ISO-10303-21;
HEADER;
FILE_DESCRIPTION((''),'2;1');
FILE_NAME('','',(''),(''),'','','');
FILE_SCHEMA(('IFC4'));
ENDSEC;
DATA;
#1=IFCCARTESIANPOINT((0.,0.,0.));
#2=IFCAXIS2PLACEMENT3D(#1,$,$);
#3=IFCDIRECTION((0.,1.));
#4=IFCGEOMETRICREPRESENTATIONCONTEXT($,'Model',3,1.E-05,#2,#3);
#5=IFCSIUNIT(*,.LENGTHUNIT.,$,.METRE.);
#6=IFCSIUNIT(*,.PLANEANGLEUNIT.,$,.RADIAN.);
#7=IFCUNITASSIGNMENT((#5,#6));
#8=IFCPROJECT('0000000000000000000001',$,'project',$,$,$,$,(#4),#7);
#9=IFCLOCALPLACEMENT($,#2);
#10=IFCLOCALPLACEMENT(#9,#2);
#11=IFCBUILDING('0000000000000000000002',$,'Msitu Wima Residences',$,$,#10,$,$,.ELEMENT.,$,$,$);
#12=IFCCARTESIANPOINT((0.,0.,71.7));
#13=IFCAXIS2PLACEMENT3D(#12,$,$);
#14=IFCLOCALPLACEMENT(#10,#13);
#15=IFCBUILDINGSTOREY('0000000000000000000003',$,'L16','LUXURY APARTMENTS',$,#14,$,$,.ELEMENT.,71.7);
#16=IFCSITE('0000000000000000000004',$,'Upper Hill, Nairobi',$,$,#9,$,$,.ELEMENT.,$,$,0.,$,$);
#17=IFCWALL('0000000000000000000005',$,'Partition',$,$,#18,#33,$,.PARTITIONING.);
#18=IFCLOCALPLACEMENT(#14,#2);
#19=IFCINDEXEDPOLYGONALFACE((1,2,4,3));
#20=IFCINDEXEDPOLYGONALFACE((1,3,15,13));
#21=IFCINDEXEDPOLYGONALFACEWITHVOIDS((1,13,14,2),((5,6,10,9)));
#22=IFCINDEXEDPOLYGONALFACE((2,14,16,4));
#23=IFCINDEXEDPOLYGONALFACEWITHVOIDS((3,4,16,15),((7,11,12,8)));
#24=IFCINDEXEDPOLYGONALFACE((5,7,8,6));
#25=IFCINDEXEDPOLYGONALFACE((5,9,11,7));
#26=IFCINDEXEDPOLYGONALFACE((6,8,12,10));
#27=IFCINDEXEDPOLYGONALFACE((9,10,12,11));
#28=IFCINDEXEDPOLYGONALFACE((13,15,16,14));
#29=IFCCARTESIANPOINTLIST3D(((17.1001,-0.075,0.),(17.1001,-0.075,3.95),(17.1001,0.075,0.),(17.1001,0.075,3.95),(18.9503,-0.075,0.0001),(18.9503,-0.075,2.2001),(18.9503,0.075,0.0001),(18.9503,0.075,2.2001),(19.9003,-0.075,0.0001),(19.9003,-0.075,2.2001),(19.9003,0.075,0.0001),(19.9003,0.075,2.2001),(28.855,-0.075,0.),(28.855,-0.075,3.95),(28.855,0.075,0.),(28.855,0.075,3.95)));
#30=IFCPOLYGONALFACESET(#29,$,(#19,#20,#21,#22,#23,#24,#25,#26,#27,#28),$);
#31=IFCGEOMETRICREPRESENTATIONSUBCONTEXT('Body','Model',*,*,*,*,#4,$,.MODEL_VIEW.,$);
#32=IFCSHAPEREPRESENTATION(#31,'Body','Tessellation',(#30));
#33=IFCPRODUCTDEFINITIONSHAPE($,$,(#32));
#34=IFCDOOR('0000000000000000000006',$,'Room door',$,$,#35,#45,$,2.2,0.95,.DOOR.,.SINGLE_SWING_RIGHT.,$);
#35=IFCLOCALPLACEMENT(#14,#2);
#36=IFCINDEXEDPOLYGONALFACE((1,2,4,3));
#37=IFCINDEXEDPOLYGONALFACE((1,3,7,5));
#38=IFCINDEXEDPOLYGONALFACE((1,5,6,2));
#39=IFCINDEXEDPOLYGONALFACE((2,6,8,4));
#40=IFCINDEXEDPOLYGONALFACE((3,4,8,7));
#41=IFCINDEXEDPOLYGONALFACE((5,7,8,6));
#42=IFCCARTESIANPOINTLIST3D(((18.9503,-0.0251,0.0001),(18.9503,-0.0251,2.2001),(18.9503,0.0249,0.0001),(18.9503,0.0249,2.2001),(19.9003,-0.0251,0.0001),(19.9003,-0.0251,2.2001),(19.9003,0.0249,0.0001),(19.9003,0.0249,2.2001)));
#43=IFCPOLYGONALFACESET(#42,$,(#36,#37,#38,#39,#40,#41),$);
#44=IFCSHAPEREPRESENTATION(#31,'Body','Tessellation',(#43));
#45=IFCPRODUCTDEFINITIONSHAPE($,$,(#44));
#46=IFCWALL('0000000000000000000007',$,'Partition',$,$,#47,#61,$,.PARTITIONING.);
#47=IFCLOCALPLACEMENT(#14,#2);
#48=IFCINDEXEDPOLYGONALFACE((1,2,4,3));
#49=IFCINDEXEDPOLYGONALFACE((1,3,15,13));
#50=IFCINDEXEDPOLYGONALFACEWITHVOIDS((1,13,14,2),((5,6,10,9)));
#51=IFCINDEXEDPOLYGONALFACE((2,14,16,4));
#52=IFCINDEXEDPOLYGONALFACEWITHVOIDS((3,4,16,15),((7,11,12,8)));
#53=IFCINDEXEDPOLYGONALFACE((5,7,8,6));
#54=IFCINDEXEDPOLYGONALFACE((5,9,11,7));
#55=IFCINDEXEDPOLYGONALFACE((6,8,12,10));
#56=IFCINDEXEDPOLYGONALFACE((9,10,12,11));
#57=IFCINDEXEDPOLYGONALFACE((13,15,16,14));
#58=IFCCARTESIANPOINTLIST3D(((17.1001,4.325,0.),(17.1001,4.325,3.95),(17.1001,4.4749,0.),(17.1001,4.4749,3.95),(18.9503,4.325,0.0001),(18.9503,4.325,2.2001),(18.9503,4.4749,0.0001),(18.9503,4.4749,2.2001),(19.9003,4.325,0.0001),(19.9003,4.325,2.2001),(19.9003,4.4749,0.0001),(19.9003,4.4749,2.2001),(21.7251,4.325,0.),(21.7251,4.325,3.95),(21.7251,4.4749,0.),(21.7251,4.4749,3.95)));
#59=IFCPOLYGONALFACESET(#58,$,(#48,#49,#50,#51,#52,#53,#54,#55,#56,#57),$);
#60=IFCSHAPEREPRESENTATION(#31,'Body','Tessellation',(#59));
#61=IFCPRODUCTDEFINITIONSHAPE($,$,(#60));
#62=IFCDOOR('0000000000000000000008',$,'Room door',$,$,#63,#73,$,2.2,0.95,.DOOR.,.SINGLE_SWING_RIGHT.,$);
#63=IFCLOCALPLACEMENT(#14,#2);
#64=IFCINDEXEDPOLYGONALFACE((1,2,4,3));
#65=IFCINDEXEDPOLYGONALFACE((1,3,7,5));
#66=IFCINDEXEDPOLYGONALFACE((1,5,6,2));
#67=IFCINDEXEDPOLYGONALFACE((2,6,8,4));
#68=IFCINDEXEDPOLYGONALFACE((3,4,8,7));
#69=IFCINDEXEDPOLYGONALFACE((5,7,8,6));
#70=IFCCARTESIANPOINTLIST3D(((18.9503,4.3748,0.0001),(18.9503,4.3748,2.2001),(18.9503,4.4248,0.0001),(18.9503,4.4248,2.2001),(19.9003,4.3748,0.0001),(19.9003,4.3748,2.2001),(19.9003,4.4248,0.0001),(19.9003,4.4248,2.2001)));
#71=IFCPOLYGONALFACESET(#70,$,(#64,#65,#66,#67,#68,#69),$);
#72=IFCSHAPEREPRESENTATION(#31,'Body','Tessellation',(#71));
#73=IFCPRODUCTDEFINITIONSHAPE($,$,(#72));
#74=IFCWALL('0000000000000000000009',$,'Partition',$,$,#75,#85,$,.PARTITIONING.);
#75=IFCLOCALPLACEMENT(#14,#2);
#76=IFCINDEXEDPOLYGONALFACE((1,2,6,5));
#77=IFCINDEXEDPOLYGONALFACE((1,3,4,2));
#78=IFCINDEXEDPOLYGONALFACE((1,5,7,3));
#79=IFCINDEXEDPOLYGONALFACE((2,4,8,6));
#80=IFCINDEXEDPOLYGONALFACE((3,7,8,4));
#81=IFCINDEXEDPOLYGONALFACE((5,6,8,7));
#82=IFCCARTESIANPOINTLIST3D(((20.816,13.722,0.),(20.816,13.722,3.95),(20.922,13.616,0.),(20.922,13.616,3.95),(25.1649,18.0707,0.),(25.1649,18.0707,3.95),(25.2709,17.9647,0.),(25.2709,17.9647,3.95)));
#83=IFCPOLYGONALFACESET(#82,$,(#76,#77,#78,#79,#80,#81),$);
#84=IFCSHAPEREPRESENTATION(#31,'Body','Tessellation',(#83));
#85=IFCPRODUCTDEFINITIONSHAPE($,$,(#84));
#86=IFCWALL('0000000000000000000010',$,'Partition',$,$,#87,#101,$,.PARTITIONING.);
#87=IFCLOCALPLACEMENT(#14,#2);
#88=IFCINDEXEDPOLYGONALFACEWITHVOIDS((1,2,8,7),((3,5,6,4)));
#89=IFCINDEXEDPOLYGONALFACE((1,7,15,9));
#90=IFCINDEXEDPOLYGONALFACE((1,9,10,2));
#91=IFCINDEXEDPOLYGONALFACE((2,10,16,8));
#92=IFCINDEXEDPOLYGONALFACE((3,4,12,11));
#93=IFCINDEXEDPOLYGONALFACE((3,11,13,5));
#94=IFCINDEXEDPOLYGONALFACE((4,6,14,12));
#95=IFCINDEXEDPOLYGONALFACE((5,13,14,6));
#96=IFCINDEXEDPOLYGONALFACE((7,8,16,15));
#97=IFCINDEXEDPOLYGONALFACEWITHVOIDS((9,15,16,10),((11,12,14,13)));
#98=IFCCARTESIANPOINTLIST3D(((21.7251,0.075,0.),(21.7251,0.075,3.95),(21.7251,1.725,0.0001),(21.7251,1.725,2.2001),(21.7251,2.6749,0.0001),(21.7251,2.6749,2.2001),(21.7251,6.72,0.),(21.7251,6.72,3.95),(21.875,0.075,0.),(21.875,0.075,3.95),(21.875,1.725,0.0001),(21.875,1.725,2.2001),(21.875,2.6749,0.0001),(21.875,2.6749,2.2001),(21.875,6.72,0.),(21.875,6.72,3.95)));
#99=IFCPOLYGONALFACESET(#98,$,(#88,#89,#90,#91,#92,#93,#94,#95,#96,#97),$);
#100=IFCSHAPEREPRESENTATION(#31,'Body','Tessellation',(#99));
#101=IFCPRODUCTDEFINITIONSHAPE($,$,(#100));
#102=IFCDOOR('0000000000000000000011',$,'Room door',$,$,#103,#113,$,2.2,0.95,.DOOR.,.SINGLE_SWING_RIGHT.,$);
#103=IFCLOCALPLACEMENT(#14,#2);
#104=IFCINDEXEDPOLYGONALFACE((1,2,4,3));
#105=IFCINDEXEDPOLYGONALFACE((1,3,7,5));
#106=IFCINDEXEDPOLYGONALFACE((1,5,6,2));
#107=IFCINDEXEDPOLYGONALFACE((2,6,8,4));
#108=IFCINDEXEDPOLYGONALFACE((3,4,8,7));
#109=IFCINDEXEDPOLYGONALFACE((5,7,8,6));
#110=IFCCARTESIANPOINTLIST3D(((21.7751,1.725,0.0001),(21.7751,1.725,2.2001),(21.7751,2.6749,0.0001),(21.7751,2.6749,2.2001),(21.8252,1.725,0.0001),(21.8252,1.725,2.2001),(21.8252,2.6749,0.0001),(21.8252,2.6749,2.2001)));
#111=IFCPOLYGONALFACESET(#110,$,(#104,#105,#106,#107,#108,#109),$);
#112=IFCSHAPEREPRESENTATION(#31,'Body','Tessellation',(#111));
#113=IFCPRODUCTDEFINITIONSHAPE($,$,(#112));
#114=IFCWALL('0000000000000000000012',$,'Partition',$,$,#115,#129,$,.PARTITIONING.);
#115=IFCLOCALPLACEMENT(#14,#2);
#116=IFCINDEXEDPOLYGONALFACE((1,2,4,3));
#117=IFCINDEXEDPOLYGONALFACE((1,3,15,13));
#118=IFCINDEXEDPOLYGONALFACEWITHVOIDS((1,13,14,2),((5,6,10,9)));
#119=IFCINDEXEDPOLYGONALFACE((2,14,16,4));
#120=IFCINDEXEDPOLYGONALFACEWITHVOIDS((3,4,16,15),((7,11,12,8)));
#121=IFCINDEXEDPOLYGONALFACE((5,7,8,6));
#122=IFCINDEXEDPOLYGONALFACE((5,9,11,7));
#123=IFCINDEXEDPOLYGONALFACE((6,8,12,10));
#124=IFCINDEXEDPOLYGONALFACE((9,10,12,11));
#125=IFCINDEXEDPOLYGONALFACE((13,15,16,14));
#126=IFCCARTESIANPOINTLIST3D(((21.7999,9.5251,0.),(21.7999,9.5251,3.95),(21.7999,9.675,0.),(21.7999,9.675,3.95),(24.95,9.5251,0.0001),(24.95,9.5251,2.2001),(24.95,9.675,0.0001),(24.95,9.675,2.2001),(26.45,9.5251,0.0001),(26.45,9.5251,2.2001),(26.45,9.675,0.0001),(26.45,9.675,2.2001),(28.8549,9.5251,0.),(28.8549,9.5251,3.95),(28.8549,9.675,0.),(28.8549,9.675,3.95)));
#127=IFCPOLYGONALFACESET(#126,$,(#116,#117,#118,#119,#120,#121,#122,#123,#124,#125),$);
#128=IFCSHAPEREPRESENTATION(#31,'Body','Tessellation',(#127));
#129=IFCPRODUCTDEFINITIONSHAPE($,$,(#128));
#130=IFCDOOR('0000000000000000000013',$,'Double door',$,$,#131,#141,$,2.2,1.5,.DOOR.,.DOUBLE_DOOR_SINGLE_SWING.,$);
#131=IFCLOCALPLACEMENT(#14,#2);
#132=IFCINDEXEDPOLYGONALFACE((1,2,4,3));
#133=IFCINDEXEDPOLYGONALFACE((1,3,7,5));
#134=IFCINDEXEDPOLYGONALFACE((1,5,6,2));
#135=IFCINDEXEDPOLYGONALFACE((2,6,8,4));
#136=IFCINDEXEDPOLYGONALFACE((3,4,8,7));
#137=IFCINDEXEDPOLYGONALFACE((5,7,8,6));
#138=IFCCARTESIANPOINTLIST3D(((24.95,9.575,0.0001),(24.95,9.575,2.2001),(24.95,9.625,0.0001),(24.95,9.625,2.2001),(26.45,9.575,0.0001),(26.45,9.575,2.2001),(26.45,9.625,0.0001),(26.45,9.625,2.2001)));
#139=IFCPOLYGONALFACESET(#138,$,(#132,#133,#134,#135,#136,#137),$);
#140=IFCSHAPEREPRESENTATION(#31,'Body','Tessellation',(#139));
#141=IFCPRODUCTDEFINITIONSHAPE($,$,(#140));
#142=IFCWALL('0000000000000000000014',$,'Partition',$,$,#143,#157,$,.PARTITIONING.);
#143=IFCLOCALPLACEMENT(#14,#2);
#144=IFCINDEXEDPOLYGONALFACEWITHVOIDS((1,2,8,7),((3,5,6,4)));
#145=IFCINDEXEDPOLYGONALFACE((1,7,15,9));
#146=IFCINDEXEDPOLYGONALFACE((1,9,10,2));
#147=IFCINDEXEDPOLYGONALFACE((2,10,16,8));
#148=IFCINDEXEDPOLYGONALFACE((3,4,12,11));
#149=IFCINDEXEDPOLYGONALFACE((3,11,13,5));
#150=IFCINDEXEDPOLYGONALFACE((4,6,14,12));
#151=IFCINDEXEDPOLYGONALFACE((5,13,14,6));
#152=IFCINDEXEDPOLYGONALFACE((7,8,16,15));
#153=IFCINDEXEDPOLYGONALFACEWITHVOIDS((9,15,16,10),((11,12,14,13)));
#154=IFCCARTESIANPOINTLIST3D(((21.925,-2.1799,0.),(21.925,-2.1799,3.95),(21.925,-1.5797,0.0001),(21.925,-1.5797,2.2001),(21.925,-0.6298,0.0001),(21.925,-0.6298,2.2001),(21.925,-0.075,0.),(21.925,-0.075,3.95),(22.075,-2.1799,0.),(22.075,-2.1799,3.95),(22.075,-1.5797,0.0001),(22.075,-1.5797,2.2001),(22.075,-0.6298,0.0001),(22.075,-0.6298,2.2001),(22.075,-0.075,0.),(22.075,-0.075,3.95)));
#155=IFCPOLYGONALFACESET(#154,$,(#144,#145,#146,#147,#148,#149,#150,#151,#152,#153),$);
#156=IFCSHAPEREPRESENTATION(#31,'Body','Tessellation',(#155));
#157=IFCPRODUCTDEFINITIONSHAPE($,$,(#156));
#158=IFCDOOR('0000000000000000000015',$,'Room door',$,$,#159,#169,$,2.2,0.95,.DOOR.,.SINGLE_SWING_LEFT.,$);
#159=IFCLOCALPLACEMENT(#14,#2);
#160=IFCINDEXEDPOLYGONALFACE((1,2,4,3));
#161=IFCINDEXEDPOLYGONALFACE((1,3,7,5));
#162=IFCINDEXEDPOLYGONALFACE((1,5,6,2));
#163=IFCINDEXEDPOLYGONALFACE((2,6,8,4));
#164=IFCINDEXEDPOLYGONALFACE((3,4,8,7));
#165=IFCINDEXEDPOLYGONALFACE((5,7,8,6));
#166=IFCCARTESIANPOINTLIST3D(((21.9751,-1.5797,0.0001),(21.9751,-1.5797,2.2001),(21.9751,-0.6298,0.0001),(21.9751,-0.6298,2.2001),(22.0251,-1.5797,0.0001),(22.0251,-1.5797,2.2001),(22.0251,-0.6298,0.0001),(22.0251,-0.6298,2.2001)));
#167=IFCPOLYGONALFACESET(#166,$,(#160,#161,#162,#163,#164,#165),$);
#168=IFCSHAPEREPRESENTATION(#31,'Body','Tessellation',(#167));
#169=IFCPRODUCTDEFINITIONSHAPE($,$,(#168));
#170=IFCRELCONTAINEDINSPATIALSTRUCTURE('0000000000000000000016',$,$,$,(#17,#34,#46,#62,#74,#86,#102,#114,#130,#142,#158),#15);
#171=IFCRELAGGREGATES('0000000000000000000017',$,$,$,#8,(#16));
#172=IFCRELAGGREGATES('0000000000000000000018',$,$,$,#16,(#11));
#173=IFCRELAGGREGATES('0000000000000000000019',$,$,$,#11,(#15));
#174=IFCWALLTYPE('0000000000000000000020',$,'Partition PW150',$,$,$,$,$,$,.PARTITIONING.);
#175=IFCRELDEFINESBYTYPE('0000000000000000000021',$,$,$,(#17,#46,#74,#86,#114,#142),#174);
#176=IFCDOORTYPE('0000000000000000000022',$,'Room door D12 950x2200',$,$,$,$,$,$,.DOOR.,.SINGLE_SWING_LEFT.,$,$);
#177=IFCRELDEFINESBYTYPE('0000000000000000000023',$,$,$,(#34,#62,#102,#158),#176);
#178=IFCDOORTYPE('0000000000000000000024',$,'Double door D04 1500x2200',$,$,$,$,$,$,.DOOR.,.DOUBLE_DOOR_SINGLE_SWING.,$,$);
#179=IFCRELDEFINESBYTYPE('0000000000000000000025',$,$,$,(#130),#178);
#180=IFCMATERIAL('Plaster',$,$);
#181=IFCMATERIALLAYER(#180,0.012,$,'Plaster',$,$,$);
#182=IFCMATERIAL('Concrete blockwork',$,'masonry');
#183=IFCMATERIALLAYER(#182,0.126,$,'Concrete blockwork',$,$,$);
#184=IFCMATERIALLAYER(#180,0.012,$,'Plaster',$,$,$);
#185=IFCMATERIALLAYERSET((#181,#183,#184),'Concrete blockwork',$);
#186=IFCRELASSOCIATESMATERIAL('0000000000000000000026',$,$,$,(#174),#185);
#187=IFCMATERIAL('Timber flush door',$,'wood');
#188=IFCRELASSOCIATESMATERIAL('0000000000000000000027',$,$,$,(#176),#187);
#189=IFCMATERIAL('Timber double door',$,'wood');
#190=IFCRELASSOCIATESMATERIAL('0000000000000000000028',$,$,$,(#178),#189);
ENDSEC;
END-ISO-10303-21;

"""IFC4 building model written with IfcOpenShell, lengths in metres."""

from ifc_helpers import new_model, si_unit, direction, frame, frame_2d, origin, place, context, subcontext, project, spatial, rectangle, extrude, material, layer, layer_set, type_object, element, fill, save


model = new_model("IFC4")

# Units and contexts
model_context = context("Model", 3, precision=1e-05, world=origin(), true_north=direction((0.0, 1.0)))
body_context = subcontext(model_context, "Body", "Model", "MODEL_VIEW")
ifc_project = project(units=[si_unit("LENGTHUNIT", "METRE"), si_unit("PLANEANGLEUNIT", "RADIAN")], contexts=[model_context])

# Site, building, storey
site_placement = place(None, origin())
site = spatial("IfcSite", under=ifc_project, at=site_placement, Name="Upper Hill, Nairobi", CompositionType="ELEMENT", RefElevation=0.0)
building_placement = place(site_placement, origin())
building = spatial("IfcBuilding", under=site, at=building_placement, Name="Msitu Wima Residences", CompositionType="ELEMENT")
storey_placement = place(building_placement, frame((0.0, 0.0, 71.7)))
storey = spatial("IfcBuildingStorey", under=building, at=storey_placement, Name="L16", Description="LUXURY APARTMENTS", CompositionType="ELEMENT", Elevation=71.7)

# Walls, openings, doors
ifc_material_1 = material(Name="Plaster")
ifc_layer_1 = layer(ifc_material_1, 0.012, Name="Plaster")
ifc_material_2 = material(Name="Concrete blockwork", Category="masonry")
ifc_layer_2 = layer(ifc_material_2, 0.126, Name="Concrete blockwork")
ifc_layer_3 = layer(ifc_material_1, 0.012, Name="Plaster")
ifc_layer_set_1 = layer_set([ifc_layer_1, ifc_layer_2, ifc_layer_3], Name="Concrete blockwork")
wall_type_1 = type_object("IfcWallType", Name="Partition PW150", PredefinedType="PARTITIONING", material=ifc_layer_set_1)
wall_1_placement = place(storey_placement, frame((17.1001, 0.0, 0.0), z_axis=(0.0, 0.0, 1.0), x_axis=(1.0, 0.0, 0.0)))
wall_1 = element("IfcWall", 1, at=wall_1_placement, inside=storey, type_object=wall_type_1, Name="Partition", PredefinedType="PARTITIONING", context=body_context, shape_type="SweptSolid", body=[
    extrude(rectangle(XDim=11.7549, YDim=0.1499, at=frame_2d((5.8774, 0.0))), origin(), (0.0, 0.0, 1.0), 3.95),
])
opening_1_placement = place(wall_1_placement, frame((1.8501, 0.0, 0.0)))
opening_1 = element("IfcOpeningElement", 2, at=opening_1_placement, cuts=wall_1, PredefinedType="OPENING", context=body_context, shape_type="SweptSolid", body=[
    extrude(rectangle(XDim=0.95, YDim=2.2, at=frame_2d((0.4751, 1.1001))), frame((0.0, 0.085, 0.0), z_axis=(0.0, -1.0, 0.0), x_axis=(1.0, 0.0, 0.0)), (0.0, 0.0, 1.0), 0.1699),
])
ifc_material_3 = material(Name="Timber flush door", Category="wood")
door_type_1 = type_object("IfcDoorType", Name="Room door D12 950x2200", OperationType="SINGLE_SWING_LEFT", PredefinedType="DOOR", material=ifc_material_3)
door_1_placement = place(opening_1_placement, origin())
door_1 = element("IfcDoor", 3, at=door_1_placement, inside=storey, type_object=door_type_1, Name="Room door", OperationType="SINGLE_SWING_RIGHT", OverallHeight=2.2, OverallWidth=0.95, PredefinedType="DOOR", context=body_context, shape_type="SweptSolid", body=[
    extrude(rectangle(XDim=0.95, YDim=2.2, at=frame_2d((0.4751, 1.1001))), frame((0.0, 0.0249, 0.0), z_axis=(0.0, -1.0, 0.0), x_axis=(1.0, 0.0, 0.0)), (0.0, 0.0, 1.0), 0.05),
])
fill(opening_1, door_1)
wall_2_placement = place(storey_placement, frame((17.1001, 4.3999, 0.0), z_axis=(0.0, 0.0, 1.0), x_axis=(1.0, 0.0, 0.0)))
wall_2 = element("IfcWall", 4, at=wall_2_placement, inside=storey, type_object=wall_type_1, Name="Partition", PredefinedType="PARTITIONING", context=body_context, shape_type="SweptSolid", body=[
    extrude(rectangle(XDim=4.625, YDim=0.1499, at=frame_2d((2.3125, 0.0))), origin(), (0.0, 0.0, 1.0), 3.95),
])
opening_2_placement = place(wall_2_placement, frame((1.8501, 0.0, 0.0)))
opening_2 = element("IfcOpeningElement", 5, at=opening_2_placement, cuts=wall_2, PredefinedType="OPENING", context=body_context, shape_type="SweptSolid", body=[
    extrude(rectangle(XDim=0.95, YDim=2.2, at=frame_2d((0.4751, 1.1001))), frame((0.0, 0.085, 0.0), z_axis=(0.0, -1.0, 0.0), x_axis=(1.0, 0.0, 0.0)), (0.0, 0.0, 1.0), 0.1699),
])
door_2_placement = place(opening_2_placement, origin())
door_2 = element("IfcDoor", 6, at=door_2_placement, inside=storey, type_object=door_type_1, Name="Room door", OperationType="SINGLE_SWING_RIGHT", OverallHeight=2.2, OverallWidth=0.95, PredefinedType="DOOR", context=body_context, shape_type="SweptSolid", body=[
    extrude(rectangle(XDim=0.95, YDim=2.2, at=frame_2d((0.4751, 1.1001))), frame((0.0, 0.0249, 0.0), z_axis=(0.0, -1.0, 0.0), x_axis=(1.0, 0.0, 0.0)), (0.0, 0.0, 1.0), 0.05),
])
fill(opening_2, door_2)

# Wall
wall_3_placement = place(storey_placement, frame((20.8689, 13.6689, 0.0), z_axis=(0.0, 0.0, 1.0), x_axis=(0.707127, 0.707087, 0.0)))
element("IfcWall", 7, at=wall_3_placement, inside=storey, type_object=wall_type_1, Name="Partition", PredefinedType="PARTITIONING", context=body_context, shape_type="SweptSolid", body=[
    extrude(rectangle(XDim=6.1501, YDim=0.1499, at=frame_2d((3.0752, 0.0))), origin(), (0.0, 0.0, 1.0), 3.95),
])

# Walls, openings, doors
wall_4_placement = place(storey_placement, frame((21.8, 0.075, 0.0), z_axis=(0.0, 0.0, 1.0), x_axis=(0.0, 1.0, 0.0)))
wall_4 = element("IfcWall", 8, at=wall_4_placement, inside=storey, type_object=wall_type_1, Name="Partition", PredefinedType="PARTITIONING", context=body_context, shape_type="SweptSolid", body=[
    extrude(rectangle(XDim=6.645, YDim=0.1499, at=frame_2d((3.3225, 0.0))), origin(), (0.0, 0.0, 1.0), 3.95),
])
opening_3_placement = place(wall_4_placement, frame((1.6499, 0.0, 0.0)))
opening_3 = element("IfcOpeningElement", 9, at=opening_3_placement, cuts=wall_4, PredefinedType="OPENING", context=body_context, shape_type="SweptSolid", body=[
    extrude(rectangle(XDim=0.95, YDim=2.2, at=frame_2d((0.4751, 1.1001))), frame((0.0, 0.085, 0.0), z_axis=(0.0, -1.0, 0.0), x_axis=(1.0, 0.0, 0.0)), (0.0, 0.0, 1.0), 0.1699),
])
door_3_placement = place(opening_3_placement, origin())
door_3 = element("IfcDoor", 10, at=door_3_placement, inside=storey, type_object=door_type_1, Name="Room door", OperationType="SINGLE_SWING_RIGHT", OverallHeight=2.2, OverallWidth=0.95, PredefinedType="DOOR", context=body_context, shape_type="SweptSolid", body=[
    extrude(rectangle(XDim=0.95, YDim=2.2, at=frame_2d((0.4751, 1.1001))), frame((0.0, 0.0249, 0.0), z_axis=(0.0, -1.0, 0.0), x_axis=(1.0, 0.0, 0.0)), (0.0, 0.0, 1.0), 0.05),
])
fill(opening_3, door_3)
wall_5_placement = place(storey_placement, frame((21.8, 9.6001, 0.0), z_axis=(0.0, 0.0, 1.0), x_axis=(1.0, 0.0, 0.0)))
wall_5 = element("IfcWall", 11, at=wall_5_placement, inside=storey, type_object=wall_type_1, Name="Partition", PredefinedType="PARTITIONING", context=body_context, shape_type="SweptSolid", body=[
    extrude(rectangle(XDim=7.0549, YDim=0.1499, at=frame_2d((3.5273, 0.0))), origin(), (0.0, 0.0, 1.0), 3.95),
])
opening_4_placement = place(wall_5_placement, frame((3.1499, 0.0, 0.0)))
opening_4 = element("IfcOpeningElement", 12, at=opening_4_placement, cuts=wall_5, PredefinedType="OPENING", context=body_context, shape_type="SweptSolid", body=[
    extrude(rectangle(XDim=1.5, YDim=2.2, at=frame_2d((0.75, 1.1001))), frame((0.0, 0.085, 0.0), z_axis=(0.0, -1.0, 0.0), x_axis=(1.0, 0.0, 0.0)), (0.0, 0.0, 1.0), 0.1699),
])
ifc_material_4 = material(Name="Timber double door", Category="wood")
door_type_2 = type_object("IfcDoorType", Name="Double door D04 1500x2200", OperationType="DOUBLE_DOOR_SINGLE_SWING", PredefinedType="DOOR", material=ifc_material_4)
door_4_placement = place(opening_4_placement, origin())
door_4 = element("IfcDoor", 13, at=door_4_placement, inside=storey, type_object=door_type_2, Name="Double door", OperationType="DOUBLE_DOOR_SINGLE_SWING", OverallHeight=2.2, OverallWidth=1.5, PredefinedType="DOOR", context=body_context, shape_type="SweptSolid", body=[
    extrude(rectangle(XDim=1.5, YDim=2.2, at=frame_2d((0.75, 1.1001))), frame((0.0, 0.0249, 0.0), z_axis=(0.0, -1.0, 0.0), x_axis=(1.0, 0.0, 0.0)), (0.0, 0.0, 1.0), 0.05),
])
fill(opening_4, door_4)
wall_6_placement = place(storey_placement, frame((22.0, -2.1799, 0.0), z_axis=(0.0, 0.0, 1.0), x_axis=(0.0, 1.0, 0.0)))
wall_6 = element("IfcWall", 14, at=wall_6_placement, inside=storey, type_object=wall_type_1, Name="Partition", PredefinedType="PARTITIONING", context=body_context, shape_type="SweptSolid", body=[
    extrude(rectangle(XDim=2.105, YDim=0.1499, at=frame_2d((1.0525, 0.0))), origin(), (0.0, 0.0, 1.0), 3.95),
])
opening_5_placement = place(wall_6_placement, frame((0.6001, 0.0, 0.0)))
opening_5 = element("IfcOpeningElement", 15, at=opening_5_placement, cuts=wall_6, PredefinedType="OPENING", context=body_context, shape_type="SweptSolid", body=[
    extrude(rectangle(XDim=0.95, YDim=2.2, at=frame_2d((0.4751, 1.1001))), frame((0.0, 0.085, 0.0), z_axis=(0.0, -1.0, 0.0), x_axis=(1.0, 0.0, 0.0)), (0.0, 0.0, 1.0), 0.1699),
])
door_5_placement = place(opening_5_placement, origin())
door_5 = element("IfcDoor", 16, at=door_5_placement, inside=storey, type_object=door_type_1, Name="Room door", OperationType="SINGLE_SWING_LEFT", OverallHeight=2.2, OverallWidth=0.95, PredefinedType="DOOR", context=body_context, shape_type="SweptSolid", body=[
    extrude(rectangle(XDim=0.95, YDim=2.2, at=frame_2d((0.4751, 1.1001))), frame((0.0, 0.0249, 0.0), z_axis=(0.0, -1.0, 0.0), x_axis=(1.0, 0.0, 0.0)), (0.0, 0.0, 1.0), 0.05),
])
fill(opening_5, door_5)

save(model, "model.ifc")
